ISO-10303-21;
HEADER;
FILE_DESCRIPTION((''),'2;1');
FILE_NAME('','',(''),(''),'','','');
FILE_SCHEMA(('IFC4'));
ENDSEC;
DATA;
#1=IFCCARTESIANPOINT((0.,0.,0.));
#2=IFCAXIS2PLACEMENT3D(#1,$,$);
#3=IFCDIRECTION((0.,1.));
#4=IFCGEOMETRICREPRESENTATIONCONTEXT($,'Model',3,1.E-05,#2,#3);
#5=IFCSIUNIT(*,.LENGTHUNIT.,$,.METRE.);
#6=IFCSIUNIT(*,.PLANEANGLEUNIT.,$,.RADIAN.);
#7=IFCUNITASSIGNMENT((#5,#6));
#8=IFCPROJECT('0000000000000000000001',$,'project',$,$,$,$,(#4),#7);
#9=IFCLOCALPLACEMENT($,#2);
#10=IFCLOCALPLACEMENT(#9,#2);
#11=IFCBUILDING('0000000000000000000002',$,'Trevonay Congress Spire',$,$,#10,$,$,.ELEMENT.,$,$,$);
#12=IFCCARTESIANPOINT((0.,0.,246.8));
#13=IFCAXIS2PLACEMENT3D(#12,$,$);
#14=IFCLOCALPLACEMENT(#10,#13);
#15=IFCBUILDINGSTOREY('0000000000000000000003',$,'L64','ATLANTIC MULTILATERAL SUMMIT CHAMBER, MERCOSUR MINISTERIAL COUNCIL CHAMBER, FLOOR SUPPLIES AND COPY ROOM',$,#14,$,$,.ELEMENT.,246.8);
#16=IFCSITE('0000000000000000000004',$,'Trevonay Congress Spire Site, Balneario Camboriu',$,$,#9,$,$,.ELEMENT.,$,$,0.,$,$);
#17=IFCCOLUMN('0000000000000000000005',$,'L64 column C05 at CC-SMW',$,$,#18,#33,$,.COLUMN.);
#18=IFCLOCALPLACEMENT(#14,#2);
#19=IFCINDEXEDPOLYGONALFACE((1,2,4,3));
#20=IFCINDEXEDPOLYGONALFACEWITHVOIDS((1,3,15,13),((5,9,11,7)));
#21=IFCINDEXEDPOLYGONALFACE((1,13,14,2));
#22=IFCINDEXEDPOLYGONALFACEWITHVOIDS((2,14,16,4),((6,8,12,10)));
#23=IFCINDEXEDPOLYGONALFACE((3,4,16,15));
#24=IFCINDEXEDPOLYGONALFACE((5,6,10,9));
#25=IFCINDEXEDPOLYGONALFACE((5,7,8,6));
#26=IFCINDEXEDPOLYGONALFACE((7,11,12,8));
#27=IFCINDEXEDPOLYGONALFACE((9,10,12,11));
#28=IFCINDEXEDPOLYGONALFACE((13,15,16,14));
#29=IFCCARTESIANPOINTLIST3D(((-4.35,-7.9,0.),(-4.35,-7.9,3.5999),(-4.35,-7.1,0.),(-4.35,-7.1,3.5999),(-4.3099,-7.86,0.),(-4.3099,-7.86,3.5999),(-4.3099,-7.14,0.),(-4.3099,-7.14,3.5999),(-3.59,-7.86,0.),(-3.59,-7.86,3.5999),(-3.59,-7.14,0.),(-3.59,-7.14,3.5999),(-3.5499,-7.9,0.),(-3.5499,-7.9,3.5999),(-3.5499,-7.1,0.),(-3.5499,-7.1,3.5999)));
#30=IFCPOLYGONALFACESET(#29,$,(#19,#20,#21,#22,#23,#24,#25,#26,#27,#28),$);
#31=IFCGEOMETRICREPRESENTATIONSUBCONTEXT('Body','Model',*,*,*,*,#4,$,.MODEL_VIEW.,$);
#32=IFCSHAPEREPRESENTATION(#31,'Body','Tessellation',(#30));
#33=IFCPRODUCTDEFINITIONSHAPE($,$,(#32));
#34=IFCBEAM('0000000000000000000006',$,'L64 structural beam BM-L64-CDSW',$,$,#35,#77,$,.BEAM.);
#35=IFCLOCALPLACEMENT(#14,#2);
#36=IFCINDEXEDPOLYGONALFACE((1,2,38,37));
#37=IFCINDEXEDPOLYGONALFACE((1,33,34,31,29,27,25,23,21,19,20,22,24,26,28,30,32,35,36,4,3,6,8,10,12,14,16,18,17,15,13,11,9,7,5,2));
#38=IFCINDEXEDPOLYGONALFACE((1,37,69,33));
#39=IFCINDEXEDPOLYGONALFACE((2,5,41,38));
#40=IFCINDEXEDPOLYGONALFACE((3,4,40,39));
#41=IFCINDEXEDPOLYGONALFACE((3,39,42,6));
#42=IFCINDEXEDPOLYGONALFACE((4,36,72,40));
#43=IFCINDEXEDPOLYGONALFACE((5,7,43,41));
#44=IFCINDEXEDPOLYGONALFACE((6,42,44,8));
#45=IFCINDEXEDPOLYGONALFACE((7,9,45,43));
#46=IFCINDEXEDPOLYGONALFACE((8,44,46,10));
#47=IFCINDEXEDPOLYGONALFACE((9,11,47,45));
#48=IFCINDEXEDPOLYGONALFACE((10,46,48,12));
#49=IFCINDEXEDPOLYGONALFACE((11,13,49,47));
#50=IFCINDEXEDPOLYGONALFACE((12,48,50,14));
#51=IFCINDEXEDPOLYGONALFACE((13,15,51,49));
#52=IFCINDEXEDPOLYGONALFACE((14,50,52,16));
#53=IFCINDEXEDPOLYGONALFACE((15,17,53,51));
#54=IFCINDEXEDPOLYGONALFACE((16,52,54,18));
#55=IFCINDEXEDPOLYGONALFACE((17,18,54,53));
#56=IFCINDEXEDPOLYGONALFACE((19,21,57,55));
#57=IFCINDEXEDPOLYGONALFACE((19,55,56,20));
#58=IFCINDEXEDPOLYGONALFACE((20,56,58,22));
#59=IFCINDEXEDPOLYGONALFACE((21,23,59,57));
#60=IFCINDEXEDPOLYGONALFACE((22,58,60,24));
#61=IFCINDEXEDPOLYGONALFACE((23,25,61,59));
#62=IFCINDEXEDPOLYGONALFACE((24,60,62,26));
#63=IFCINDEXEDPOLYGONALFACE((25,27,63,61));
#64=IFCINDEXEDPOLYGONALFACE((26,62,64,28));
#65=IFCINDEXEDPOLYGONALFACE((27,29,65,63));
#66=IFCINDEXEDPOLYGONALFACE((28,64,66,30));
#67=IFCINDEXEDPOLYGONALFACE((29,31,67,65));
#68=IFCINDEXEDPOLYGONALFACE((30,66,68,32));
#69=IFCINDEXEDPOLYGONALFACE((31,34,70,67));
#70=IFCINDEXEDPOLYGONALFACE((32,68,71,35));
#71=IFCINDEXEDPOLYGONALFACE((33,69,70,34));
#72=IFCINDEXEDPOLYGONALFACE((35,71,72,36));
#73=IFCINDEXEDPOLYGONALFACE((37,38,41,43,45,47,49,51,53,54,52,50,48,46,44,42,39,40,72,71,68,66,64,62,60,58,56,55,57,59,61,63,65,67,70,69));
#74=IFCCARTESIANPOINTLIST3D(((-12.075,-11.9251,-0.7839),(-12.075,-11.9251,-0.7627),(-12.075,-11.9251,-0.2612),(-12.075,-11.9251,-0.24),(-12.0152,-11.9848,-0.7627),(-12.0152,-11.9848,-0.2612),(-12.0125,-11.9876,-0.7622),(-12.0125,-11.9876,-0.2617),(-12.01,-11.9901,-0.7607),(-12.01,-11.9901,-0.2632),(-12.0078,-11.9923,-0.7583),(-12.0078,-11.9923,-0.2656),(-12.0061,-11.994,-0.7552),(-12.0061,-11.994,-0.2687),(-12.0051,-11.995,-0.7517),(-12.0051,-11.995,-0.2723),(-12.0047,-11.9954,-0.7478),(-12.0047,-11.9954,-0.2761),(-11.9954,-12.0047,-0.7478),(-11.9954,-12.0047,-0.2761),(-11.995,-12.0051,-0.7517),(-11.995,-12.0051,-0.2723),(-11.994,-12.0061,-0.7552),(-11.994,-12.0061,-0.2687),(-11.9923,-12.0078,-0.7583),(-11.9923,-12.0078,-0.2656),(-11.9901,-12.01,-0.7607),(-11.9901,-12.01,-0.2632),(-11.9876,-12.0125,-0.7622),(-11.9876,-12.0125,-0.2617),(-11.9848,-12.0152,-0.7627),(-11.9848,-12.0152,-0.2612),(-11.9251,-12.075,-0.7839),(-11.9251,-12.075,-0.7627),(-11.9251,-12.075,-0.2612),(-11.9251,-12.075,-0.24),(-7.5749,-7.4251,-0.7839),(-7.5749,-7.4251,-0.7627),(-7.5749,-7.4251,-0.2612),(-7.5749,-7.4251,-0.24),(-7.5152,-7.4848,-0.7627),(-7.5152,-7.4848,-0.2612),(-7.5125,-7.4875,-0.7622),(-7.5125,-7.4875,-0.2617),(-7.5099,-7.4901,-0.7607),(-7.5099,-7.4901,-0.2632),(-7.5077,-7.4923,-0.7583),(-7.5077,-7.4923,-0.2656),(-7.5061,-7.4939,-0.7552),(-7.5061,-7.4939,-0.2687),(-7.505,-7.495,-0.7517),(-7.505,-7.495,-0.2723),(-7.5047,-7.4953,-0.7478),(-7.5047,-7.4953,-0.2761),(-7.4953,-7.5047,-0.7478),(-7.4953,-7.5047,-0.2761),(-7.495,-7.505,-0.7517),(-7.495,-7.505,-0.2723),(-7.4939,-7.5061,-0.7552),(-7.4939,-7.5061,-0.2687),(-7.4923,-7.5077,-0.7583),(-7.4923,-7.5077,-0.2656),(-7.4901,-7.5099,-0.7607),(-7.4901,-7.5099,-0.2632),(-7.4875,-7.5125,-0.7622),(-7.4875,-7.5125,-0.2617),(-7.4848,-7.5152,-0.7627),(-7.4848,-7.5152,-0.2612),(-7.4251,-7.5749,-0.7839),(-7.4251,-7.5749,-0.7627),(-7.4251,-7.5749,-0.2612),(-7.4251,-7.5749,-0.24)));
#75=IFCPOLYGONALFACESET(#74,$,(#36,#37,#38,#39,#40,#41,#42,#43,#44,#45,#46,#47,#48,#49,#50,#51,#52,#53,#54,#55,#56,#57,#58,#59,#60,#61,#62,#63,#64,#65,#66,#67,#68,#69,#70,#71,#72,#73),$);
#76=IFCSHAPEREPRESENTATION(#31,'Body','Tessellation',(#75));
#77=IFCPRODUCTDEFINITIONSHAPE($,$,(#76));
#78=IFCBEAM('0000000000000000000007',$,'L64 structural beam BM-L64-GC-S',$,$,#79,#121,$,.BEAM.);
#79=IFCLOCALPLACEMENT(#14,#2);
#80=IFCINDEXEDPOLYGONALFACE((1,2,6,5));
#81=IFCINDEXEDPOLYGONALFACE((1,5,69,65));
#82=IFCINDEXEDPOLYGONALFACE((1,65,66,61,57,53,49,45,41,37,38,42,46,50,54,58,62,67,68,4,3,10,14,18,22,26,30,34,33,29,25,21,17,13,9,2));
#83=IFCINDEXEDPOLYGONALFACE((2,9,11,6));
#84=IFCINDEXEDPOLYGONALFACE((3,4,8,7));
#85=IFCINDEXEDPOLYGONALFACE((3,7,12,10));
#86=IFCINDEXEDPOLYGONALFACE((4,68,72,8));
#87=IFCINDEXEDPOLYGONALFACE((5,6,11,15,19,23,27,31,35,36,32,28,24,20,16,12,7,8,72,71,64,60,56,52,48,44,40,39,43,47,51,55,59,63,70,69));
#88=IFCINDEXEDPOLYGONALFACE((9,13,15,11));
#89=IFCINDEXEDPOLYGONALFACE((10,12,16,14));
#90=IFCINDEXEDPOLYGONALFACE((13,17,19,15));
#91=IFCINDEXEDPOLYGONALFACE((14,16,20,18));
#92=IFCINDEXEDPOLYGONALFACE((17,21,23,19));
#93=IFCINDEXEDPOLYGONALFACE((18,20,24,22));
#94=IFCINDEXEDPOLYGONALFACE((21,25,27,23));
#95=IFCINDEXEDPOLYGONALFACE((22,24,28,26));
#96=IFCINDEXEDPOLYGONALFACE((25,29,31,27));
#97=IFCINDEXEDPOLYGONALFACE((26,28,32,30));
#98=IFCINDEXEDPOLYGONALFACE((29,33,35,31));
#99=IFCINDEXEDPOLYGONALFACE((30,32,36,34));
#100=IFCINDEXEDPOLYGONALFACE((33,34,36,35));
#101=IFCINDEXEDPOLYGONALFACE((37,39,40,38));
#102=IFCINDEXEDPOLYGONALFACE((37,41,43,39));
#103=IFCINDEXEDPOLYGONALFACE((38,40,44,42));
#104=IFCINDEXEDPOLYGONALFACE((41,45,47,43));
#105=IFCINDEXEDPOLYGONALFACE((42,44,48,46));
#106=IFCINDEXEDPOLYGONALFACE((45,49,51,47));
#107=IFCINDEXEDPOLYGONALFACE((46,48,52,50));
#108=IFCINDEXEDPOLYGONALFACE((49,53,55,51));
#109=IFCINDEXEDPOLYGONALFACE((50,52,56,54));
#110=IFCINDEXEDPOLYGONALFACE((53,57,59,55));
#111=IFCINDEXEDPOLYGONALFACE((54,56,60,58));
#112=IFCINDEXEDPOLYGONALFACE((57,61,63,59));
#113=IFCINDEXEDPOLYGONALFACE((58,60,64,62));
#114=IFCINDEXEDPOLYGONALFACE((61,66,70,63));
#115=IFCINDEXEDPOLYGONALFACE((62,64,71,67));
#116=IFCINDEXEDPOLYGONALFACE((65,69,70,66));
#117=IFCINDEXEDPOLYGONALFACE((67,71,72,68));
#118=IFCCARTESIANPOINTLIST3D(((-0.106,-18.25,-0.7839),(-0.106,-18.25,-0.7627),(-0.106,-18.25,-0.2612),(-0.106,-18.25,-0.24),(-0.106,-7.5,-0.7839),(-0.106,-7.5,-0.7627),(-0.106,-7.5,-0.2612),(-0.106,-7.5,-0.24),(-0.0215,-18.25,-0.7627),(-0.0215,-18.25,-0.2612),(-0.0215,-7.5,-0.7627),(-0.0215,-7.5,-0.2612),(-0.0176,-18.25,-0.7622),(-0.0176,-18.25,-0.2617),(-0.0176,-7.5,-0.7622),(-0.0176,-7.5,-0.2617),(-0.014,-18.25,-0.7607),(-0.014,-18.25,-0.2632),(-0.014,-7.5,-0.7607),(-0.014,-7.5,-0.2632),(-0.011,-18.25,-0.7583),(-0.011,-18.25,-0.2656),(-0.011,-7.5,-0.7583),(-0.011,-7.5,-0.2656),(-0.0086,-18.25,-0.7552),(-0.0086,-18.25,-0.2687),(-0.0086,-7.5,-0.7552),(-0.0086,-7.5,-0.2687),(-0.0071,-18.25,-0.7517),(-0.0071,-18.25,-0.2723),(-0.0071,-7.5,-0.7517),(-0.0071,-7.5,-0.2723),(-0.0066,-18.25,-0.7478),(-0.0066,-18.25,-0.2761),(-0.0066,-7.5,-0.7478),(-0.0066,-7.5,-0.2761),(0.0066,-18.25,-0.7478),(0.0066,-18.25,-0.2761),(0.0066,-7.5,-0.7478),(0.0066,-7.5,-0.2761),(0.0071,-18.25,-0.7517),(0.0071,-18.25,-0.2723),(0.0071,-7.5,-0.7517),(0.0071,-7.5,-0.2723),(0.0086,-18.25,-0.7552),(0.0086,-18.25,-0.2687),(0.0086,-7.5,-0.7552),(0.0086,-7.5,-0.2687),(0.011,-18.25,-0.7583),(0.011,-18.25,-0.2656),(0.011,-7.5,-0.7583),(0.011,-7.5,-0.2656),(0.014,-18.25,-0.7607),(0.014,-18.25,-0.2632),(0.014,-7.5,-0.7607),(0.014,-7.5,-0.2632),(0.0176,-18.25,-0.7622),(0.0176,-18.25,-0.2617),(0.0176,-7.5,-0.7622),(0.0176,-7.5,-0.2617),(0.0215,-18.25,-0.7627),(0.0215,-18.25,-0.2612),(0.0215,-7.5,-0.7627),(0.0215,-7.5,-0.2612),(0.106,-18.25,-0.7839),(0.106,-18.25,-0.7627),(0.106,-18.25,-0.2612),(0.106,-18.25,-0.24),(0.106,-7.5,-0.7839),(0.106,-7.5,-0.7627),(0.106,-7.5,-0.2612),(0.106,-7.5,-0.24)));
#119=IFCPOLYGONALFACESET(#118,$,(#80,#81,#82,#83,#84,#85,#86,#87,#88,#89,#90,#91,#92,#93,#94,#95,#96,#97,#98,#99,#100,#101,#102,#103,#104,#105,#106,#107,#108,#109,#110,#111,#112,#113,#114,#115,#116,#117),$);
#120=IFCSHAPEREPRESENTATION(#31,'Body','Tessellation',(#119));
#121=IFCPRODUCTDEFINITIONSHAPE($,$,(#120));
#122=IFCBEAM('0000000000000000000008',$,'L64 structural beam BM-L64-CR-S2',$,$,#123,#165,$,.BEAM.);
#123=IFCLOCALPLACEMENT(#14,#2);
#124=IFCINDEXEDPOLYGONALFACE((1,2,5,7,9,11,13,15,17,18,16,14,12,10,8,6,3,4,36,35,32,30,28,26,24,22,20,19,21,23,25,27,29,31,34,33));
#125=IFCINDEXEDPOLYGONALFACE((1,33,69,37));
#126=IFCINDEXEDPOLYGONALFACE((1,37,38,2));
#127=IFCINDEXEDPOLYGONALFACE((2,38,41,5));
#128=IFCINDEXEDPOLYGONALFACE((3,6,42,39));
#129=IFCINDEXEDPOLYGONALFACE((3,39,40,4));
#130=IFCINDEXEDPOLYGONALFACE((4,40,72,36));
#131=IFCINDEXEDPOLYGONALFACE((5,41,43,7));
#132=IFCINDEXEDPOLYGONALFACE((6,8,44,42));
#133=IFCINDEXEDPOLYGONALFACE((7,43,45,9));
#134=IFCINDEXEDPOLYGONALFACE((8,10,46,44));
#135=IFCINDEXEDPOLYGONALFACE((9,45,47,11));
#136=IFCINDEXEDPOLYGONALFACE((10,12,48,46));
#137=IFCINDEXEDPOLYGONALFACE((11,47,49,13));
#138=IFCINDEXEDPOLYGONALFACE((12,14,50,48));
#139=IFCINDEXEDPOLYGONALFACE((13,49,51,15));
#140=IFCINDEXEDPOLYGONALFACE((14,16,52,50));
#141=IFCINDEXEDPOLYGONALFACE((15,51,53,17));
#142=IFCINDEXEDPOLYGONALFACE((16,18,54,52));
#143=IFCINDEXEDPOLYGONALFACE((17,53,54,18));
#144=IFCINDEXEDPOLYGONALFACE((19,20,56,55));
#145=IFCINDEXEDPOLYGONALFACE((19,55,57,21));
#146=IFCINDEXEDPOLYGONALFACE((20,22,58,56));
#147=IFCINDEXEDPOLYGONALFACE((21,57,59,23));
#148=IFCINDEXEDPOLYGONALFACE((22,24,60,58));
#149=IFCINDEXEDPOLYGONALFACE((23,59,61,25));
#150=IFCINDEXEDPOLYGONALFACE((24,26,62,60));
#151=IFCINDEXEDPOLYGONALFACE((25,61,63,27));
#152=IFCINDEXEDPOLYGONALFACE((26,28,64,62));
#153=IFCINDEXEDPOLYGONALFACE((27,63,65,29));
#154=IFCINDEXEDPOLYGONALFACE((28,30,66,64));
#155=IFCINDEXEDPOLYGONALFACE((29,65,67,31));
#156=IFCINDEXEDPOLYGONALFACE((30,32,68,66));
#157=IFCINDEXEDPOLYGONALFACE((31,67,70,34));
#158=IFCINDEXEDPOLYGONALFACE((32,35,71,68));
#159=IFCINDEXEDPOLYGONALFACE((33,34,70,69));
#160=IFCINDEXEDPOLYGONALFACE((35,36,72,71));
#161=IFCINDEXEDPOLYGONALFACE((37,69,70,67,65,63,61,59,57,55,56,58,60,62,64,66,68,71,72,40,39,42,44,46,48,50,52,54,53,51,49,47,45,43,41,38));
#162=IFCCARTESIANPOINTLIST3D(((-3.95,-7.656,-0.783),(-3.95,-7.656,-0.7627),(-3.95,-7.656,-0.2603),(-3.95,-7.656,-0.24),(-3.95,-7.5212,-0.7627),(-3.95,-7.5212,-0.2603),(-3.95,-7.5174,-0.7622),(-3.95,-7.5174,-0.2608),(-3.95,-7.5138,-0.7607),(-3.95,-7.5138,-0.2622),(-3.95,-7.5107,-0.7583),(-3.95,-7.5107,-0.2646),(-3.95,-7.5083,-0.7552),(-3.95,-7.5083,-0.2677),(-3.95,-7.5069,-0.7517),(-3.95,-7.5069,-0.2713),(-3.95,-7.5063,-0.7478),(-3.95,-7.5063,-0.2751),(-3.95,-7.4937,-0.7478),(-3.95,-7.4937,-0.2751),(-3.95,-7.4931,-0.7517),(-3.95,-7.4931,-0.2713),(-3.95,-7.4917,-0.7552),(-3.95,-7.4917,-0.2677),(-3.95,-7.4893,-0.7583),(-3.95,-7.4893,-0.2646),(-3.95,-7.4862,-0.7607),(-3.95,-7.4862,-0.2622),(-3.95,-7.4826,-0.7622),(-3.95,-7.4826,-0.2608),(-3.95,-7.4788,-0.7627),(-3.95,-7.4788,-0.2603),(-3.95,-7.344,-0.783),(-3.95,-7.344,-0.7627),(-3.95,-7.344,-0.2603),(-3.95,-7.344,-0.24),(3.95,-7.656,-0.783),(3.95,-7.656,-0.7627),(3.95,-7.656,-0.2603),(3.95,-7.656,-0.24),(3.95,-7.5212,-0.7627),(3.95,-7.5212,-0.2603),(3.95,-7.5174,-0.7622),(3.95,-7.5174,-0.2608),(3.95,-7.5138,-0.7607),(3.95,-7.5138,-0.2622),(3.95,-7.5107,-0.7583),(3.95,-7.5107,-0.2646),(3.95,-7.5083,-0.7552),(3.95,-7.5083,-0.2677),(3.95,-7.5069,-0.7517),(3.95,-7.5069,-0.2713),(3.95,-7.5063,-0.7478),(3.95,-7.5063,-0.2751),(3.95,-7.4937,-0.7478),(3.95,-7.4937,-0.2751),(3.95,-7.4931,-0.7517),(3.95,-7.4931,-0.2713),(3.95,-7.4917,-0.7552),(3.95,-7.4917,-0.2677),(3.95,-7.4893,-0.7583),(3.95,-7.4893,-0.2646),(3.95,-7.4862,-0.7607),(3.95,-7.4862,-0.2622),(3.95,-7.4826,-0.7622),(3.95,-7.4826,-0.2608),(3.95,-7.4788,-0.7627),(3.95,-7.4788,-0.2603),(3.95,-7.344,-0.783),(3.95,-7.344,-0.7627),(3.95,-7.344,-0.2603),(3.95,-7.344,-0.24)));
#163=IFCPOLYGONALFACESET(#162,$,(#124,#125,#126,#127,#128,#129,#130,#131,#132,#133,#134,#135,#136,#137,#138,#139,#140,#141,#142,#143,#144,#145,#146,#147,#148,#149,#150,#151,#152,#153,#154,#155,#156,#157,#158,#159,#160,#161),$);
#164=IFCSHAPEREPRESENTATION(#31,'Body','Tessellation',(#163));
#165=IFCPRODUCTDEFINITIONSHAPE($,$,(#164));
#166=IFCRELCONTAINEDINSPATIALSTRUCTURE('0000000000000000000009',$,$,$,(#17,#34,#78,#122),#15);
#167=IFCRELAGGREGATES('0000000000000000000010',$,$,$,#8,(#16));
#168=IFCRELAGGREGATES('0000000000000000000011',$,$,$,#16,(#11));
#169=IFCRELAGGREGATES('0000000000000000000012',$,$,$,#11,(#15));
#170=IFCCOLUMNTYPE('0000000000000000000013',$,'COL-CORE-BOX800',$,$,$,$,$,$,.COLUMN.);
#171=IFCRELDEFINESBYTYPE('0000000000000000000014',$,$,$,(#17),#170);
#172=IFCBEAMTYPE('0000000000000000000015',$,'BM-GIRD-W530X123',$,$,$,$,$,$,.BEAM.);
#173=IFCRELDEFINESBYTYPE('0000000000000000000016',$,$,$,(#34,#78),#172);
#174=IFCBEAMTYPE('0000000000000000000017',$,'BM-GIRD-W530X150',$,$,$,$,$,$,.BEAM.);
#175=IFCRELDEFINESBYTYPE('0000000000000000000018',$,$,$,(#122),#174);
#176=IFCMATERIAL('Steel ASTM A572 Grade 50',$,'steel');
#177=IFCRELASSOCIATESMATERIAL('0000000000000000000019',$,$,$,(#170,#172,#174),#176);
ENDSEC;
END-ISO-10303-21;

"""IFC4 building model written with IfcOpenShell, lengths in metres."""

from ifc_helpers import new_model, si_unit, direction, frame, origin, origin_2d, place, context, subcontext, project, spatial, hollow_rectangle, i_section, extrude, material, material_profile, profile_set, type_object, element, save


model = new_model("IFC4")

# Units and contexts
model_context = context("Model", 3, precision=1e-05, world=origin(), true_north=direction((0.0, 1.0)))
body_context = subcontext(model_context, "Body", "Model", "MODEL_VIEW")
ifc_project = project(units=[si_unit("LENGTHUNIT", "METRE"), si_unit("PLANEANGLEUNIT", "RADIAN")], contexts=[model_context])

# Site, building, storey
site_placement = place(None, origin())
site = spatial("IfcSite", under=ifc_project, at=site_placement, Name="Trevonay Congress Spire Site, Balneario Camboriu", CompositionType="ELEMENT", RefElevation=0.0)
building_placement = place(site_placement, origin())
building = spatial("IfcBuilding", under=site, at=building_placement, Name="Trevonay Congress Spire", CompositionType="ELEMENT")
storey_placement = place(building_placement, frame((0.0, 0.0, 246.8)))
storey = spatial("IfcBuildingStorey", under=building, at=storey_placement, Name="L64", Description="ATLANTIC MULTILATERAL SUMMIT CHAMBER, MERCOSUR MINISTERIAL COUNCIL CHAMBER, FLOOR SUPPLIES AND COPY ROOM", CompositionType="ELEMENT", Elevation=246.8)

# Column
ifc_material_1 = material(Name="Steel ASTM A572 Grade 50", Category="steel")
ifc_material_profile_1 = material_profile(ifc_material_1, hollow_rectangle(XDim=0.8, YDim=0.8, WallThickness=0.04, at=origin_2d()), Name="BOX 800x800x40")
ifc_profile_set_1 = profile_set([ifc_material_profile_1], Name="Steel ASTM A572 Grade 50")
column_type = type_object("IfcColumnType", Name="COL-CORE-BOX800", PredefinedType="COLUMN", material=ifc_profile_set_1)
column_placement = place(storey_placement, frame((-3.95, -7.5, 0.0), z_axis=(0.0, 0.0, 1.0), x_axis=(1.0, 0.0, 0.0)))
element("IfcColumn", 1, at=column_placement, inside=storey, type_object=column_type, Name="L64 column C05 at CC-SMW", PredefinedType="COLUMN", context=body_context, shape_type="SweptSolid", body=[
    extrude(hollow_rectangle(XDim=0.8, YDim=0.8, WallThickness=0.04, at=origin_2d()), origin(), (0.0, 0.0, 1.0), 3.5999),
])

# Beams
ifc_material_profile_2 = material_profile(ifc_material_1, i_section(OverallWidth=0.2119, OverallDepth=0.5439, WebThickness=0.0132, FlangeThickness=0.0212, FilletRadius=0.0149, at=origin_2d()), Name="W530x123")
ifc_profile_set_2 = profile_set([ifc_material_profile_2], Name="Steel ASTM A572 Grade 50")
beam_type_1 = type_object("IfcBeamType", Name="BM-GIRD-W530X123", PredefinedType="BEAM", material=ifc_profile_set_2)
beam_1_placement = place(storey_placement, frame((-7.5, -7.5, -0.512), z_axis=(-0.707107, -0.707107, 0.0), x_axis=(0.707107, -0.707107, 0.0)))
element("IfcBeam", 2, at=beam_1_placement, inside=storey, type_object=beam_type_1, Name="L64 structural beam BM-L64-CDSW", PredefinedType="BEAM", context=body_context, shape_type="SweptSolid", body=[
    extrude(i_section(OverallWidth=0.2119, OverallDepth=0.5439, WebThickness=0.0132, FlangeThickness=0.0212, FilletRadius=0.0149, at=origin_2d()), origin(), (0.0, 0.0, 1.0), 6.364),
])
beam_2_placement = place(storey_placement, frame((0.0, -7.5, -0.512), z_axis=(0.0, -1.0, 0.0), x_axis=(1.0, 0.0, 0.0)))
element("IfcBeam", 3, at=beam_2_placement, inside=storey, type_object=beam_type_1, Name="L64 structural beam BM-L64-GC-S", PredefinedType="BEAM", context=body_context, shape_type="SweptSolid", body=[
    extrude(i_section(OverallWidth=0.2119, OverallDepth=0.5439, WebThickness=0.0132, FlangeThickness=0.0212, FilletRadius=0.0149, at=origin_2d()), origin(), (0.0, 0.0, 1.0), 10.75),
])
ifc_material_profile_3 = material_profile(ifc_material_1, i_section(OverallWidth=0.312, OverallDepth=0.543, WebThickness=0.0127, FlangeThickness=0.0203, FilletRadius=0.0149, at=origin_2d()), Name="W530x150")
ifc_profile_set_3 = profile_set([ifc_material_profile_3], Name="Steel ASTM A572 Grade 50")
beam_type_2 = type_object("IfcBeamType", Name="BM-GIRD-W530X150", PredefinedType="BEAM", material=ifc_profile_set_3)
beam_3_placement = place(storey_placement, frame((-3.95, -7.5, -0.5115), z_axis=(1.0, 0.0, 0.0), x_axis=(0.0, 1.0, 0.0)))
element("IfcBeam", 4, at=beam_3_placement, inside=storey, type_object=beam_type_2, Name="L64 structural beam BM-L64-CR-S2", PredefinedType="BEAM", context=body_context, shape_type="SweptSolid", body=[
    extrude(i_section(OverallWidth=0.312, OverallDepth=0.543, WebThickness=0.0127, FlangeThickness=0.0203, FilletRadius=0.0149, at=origin_2d()), origin(), (0.0, 0.0, 1.0), 7.8999),
])

save(model, "model.ifc")
